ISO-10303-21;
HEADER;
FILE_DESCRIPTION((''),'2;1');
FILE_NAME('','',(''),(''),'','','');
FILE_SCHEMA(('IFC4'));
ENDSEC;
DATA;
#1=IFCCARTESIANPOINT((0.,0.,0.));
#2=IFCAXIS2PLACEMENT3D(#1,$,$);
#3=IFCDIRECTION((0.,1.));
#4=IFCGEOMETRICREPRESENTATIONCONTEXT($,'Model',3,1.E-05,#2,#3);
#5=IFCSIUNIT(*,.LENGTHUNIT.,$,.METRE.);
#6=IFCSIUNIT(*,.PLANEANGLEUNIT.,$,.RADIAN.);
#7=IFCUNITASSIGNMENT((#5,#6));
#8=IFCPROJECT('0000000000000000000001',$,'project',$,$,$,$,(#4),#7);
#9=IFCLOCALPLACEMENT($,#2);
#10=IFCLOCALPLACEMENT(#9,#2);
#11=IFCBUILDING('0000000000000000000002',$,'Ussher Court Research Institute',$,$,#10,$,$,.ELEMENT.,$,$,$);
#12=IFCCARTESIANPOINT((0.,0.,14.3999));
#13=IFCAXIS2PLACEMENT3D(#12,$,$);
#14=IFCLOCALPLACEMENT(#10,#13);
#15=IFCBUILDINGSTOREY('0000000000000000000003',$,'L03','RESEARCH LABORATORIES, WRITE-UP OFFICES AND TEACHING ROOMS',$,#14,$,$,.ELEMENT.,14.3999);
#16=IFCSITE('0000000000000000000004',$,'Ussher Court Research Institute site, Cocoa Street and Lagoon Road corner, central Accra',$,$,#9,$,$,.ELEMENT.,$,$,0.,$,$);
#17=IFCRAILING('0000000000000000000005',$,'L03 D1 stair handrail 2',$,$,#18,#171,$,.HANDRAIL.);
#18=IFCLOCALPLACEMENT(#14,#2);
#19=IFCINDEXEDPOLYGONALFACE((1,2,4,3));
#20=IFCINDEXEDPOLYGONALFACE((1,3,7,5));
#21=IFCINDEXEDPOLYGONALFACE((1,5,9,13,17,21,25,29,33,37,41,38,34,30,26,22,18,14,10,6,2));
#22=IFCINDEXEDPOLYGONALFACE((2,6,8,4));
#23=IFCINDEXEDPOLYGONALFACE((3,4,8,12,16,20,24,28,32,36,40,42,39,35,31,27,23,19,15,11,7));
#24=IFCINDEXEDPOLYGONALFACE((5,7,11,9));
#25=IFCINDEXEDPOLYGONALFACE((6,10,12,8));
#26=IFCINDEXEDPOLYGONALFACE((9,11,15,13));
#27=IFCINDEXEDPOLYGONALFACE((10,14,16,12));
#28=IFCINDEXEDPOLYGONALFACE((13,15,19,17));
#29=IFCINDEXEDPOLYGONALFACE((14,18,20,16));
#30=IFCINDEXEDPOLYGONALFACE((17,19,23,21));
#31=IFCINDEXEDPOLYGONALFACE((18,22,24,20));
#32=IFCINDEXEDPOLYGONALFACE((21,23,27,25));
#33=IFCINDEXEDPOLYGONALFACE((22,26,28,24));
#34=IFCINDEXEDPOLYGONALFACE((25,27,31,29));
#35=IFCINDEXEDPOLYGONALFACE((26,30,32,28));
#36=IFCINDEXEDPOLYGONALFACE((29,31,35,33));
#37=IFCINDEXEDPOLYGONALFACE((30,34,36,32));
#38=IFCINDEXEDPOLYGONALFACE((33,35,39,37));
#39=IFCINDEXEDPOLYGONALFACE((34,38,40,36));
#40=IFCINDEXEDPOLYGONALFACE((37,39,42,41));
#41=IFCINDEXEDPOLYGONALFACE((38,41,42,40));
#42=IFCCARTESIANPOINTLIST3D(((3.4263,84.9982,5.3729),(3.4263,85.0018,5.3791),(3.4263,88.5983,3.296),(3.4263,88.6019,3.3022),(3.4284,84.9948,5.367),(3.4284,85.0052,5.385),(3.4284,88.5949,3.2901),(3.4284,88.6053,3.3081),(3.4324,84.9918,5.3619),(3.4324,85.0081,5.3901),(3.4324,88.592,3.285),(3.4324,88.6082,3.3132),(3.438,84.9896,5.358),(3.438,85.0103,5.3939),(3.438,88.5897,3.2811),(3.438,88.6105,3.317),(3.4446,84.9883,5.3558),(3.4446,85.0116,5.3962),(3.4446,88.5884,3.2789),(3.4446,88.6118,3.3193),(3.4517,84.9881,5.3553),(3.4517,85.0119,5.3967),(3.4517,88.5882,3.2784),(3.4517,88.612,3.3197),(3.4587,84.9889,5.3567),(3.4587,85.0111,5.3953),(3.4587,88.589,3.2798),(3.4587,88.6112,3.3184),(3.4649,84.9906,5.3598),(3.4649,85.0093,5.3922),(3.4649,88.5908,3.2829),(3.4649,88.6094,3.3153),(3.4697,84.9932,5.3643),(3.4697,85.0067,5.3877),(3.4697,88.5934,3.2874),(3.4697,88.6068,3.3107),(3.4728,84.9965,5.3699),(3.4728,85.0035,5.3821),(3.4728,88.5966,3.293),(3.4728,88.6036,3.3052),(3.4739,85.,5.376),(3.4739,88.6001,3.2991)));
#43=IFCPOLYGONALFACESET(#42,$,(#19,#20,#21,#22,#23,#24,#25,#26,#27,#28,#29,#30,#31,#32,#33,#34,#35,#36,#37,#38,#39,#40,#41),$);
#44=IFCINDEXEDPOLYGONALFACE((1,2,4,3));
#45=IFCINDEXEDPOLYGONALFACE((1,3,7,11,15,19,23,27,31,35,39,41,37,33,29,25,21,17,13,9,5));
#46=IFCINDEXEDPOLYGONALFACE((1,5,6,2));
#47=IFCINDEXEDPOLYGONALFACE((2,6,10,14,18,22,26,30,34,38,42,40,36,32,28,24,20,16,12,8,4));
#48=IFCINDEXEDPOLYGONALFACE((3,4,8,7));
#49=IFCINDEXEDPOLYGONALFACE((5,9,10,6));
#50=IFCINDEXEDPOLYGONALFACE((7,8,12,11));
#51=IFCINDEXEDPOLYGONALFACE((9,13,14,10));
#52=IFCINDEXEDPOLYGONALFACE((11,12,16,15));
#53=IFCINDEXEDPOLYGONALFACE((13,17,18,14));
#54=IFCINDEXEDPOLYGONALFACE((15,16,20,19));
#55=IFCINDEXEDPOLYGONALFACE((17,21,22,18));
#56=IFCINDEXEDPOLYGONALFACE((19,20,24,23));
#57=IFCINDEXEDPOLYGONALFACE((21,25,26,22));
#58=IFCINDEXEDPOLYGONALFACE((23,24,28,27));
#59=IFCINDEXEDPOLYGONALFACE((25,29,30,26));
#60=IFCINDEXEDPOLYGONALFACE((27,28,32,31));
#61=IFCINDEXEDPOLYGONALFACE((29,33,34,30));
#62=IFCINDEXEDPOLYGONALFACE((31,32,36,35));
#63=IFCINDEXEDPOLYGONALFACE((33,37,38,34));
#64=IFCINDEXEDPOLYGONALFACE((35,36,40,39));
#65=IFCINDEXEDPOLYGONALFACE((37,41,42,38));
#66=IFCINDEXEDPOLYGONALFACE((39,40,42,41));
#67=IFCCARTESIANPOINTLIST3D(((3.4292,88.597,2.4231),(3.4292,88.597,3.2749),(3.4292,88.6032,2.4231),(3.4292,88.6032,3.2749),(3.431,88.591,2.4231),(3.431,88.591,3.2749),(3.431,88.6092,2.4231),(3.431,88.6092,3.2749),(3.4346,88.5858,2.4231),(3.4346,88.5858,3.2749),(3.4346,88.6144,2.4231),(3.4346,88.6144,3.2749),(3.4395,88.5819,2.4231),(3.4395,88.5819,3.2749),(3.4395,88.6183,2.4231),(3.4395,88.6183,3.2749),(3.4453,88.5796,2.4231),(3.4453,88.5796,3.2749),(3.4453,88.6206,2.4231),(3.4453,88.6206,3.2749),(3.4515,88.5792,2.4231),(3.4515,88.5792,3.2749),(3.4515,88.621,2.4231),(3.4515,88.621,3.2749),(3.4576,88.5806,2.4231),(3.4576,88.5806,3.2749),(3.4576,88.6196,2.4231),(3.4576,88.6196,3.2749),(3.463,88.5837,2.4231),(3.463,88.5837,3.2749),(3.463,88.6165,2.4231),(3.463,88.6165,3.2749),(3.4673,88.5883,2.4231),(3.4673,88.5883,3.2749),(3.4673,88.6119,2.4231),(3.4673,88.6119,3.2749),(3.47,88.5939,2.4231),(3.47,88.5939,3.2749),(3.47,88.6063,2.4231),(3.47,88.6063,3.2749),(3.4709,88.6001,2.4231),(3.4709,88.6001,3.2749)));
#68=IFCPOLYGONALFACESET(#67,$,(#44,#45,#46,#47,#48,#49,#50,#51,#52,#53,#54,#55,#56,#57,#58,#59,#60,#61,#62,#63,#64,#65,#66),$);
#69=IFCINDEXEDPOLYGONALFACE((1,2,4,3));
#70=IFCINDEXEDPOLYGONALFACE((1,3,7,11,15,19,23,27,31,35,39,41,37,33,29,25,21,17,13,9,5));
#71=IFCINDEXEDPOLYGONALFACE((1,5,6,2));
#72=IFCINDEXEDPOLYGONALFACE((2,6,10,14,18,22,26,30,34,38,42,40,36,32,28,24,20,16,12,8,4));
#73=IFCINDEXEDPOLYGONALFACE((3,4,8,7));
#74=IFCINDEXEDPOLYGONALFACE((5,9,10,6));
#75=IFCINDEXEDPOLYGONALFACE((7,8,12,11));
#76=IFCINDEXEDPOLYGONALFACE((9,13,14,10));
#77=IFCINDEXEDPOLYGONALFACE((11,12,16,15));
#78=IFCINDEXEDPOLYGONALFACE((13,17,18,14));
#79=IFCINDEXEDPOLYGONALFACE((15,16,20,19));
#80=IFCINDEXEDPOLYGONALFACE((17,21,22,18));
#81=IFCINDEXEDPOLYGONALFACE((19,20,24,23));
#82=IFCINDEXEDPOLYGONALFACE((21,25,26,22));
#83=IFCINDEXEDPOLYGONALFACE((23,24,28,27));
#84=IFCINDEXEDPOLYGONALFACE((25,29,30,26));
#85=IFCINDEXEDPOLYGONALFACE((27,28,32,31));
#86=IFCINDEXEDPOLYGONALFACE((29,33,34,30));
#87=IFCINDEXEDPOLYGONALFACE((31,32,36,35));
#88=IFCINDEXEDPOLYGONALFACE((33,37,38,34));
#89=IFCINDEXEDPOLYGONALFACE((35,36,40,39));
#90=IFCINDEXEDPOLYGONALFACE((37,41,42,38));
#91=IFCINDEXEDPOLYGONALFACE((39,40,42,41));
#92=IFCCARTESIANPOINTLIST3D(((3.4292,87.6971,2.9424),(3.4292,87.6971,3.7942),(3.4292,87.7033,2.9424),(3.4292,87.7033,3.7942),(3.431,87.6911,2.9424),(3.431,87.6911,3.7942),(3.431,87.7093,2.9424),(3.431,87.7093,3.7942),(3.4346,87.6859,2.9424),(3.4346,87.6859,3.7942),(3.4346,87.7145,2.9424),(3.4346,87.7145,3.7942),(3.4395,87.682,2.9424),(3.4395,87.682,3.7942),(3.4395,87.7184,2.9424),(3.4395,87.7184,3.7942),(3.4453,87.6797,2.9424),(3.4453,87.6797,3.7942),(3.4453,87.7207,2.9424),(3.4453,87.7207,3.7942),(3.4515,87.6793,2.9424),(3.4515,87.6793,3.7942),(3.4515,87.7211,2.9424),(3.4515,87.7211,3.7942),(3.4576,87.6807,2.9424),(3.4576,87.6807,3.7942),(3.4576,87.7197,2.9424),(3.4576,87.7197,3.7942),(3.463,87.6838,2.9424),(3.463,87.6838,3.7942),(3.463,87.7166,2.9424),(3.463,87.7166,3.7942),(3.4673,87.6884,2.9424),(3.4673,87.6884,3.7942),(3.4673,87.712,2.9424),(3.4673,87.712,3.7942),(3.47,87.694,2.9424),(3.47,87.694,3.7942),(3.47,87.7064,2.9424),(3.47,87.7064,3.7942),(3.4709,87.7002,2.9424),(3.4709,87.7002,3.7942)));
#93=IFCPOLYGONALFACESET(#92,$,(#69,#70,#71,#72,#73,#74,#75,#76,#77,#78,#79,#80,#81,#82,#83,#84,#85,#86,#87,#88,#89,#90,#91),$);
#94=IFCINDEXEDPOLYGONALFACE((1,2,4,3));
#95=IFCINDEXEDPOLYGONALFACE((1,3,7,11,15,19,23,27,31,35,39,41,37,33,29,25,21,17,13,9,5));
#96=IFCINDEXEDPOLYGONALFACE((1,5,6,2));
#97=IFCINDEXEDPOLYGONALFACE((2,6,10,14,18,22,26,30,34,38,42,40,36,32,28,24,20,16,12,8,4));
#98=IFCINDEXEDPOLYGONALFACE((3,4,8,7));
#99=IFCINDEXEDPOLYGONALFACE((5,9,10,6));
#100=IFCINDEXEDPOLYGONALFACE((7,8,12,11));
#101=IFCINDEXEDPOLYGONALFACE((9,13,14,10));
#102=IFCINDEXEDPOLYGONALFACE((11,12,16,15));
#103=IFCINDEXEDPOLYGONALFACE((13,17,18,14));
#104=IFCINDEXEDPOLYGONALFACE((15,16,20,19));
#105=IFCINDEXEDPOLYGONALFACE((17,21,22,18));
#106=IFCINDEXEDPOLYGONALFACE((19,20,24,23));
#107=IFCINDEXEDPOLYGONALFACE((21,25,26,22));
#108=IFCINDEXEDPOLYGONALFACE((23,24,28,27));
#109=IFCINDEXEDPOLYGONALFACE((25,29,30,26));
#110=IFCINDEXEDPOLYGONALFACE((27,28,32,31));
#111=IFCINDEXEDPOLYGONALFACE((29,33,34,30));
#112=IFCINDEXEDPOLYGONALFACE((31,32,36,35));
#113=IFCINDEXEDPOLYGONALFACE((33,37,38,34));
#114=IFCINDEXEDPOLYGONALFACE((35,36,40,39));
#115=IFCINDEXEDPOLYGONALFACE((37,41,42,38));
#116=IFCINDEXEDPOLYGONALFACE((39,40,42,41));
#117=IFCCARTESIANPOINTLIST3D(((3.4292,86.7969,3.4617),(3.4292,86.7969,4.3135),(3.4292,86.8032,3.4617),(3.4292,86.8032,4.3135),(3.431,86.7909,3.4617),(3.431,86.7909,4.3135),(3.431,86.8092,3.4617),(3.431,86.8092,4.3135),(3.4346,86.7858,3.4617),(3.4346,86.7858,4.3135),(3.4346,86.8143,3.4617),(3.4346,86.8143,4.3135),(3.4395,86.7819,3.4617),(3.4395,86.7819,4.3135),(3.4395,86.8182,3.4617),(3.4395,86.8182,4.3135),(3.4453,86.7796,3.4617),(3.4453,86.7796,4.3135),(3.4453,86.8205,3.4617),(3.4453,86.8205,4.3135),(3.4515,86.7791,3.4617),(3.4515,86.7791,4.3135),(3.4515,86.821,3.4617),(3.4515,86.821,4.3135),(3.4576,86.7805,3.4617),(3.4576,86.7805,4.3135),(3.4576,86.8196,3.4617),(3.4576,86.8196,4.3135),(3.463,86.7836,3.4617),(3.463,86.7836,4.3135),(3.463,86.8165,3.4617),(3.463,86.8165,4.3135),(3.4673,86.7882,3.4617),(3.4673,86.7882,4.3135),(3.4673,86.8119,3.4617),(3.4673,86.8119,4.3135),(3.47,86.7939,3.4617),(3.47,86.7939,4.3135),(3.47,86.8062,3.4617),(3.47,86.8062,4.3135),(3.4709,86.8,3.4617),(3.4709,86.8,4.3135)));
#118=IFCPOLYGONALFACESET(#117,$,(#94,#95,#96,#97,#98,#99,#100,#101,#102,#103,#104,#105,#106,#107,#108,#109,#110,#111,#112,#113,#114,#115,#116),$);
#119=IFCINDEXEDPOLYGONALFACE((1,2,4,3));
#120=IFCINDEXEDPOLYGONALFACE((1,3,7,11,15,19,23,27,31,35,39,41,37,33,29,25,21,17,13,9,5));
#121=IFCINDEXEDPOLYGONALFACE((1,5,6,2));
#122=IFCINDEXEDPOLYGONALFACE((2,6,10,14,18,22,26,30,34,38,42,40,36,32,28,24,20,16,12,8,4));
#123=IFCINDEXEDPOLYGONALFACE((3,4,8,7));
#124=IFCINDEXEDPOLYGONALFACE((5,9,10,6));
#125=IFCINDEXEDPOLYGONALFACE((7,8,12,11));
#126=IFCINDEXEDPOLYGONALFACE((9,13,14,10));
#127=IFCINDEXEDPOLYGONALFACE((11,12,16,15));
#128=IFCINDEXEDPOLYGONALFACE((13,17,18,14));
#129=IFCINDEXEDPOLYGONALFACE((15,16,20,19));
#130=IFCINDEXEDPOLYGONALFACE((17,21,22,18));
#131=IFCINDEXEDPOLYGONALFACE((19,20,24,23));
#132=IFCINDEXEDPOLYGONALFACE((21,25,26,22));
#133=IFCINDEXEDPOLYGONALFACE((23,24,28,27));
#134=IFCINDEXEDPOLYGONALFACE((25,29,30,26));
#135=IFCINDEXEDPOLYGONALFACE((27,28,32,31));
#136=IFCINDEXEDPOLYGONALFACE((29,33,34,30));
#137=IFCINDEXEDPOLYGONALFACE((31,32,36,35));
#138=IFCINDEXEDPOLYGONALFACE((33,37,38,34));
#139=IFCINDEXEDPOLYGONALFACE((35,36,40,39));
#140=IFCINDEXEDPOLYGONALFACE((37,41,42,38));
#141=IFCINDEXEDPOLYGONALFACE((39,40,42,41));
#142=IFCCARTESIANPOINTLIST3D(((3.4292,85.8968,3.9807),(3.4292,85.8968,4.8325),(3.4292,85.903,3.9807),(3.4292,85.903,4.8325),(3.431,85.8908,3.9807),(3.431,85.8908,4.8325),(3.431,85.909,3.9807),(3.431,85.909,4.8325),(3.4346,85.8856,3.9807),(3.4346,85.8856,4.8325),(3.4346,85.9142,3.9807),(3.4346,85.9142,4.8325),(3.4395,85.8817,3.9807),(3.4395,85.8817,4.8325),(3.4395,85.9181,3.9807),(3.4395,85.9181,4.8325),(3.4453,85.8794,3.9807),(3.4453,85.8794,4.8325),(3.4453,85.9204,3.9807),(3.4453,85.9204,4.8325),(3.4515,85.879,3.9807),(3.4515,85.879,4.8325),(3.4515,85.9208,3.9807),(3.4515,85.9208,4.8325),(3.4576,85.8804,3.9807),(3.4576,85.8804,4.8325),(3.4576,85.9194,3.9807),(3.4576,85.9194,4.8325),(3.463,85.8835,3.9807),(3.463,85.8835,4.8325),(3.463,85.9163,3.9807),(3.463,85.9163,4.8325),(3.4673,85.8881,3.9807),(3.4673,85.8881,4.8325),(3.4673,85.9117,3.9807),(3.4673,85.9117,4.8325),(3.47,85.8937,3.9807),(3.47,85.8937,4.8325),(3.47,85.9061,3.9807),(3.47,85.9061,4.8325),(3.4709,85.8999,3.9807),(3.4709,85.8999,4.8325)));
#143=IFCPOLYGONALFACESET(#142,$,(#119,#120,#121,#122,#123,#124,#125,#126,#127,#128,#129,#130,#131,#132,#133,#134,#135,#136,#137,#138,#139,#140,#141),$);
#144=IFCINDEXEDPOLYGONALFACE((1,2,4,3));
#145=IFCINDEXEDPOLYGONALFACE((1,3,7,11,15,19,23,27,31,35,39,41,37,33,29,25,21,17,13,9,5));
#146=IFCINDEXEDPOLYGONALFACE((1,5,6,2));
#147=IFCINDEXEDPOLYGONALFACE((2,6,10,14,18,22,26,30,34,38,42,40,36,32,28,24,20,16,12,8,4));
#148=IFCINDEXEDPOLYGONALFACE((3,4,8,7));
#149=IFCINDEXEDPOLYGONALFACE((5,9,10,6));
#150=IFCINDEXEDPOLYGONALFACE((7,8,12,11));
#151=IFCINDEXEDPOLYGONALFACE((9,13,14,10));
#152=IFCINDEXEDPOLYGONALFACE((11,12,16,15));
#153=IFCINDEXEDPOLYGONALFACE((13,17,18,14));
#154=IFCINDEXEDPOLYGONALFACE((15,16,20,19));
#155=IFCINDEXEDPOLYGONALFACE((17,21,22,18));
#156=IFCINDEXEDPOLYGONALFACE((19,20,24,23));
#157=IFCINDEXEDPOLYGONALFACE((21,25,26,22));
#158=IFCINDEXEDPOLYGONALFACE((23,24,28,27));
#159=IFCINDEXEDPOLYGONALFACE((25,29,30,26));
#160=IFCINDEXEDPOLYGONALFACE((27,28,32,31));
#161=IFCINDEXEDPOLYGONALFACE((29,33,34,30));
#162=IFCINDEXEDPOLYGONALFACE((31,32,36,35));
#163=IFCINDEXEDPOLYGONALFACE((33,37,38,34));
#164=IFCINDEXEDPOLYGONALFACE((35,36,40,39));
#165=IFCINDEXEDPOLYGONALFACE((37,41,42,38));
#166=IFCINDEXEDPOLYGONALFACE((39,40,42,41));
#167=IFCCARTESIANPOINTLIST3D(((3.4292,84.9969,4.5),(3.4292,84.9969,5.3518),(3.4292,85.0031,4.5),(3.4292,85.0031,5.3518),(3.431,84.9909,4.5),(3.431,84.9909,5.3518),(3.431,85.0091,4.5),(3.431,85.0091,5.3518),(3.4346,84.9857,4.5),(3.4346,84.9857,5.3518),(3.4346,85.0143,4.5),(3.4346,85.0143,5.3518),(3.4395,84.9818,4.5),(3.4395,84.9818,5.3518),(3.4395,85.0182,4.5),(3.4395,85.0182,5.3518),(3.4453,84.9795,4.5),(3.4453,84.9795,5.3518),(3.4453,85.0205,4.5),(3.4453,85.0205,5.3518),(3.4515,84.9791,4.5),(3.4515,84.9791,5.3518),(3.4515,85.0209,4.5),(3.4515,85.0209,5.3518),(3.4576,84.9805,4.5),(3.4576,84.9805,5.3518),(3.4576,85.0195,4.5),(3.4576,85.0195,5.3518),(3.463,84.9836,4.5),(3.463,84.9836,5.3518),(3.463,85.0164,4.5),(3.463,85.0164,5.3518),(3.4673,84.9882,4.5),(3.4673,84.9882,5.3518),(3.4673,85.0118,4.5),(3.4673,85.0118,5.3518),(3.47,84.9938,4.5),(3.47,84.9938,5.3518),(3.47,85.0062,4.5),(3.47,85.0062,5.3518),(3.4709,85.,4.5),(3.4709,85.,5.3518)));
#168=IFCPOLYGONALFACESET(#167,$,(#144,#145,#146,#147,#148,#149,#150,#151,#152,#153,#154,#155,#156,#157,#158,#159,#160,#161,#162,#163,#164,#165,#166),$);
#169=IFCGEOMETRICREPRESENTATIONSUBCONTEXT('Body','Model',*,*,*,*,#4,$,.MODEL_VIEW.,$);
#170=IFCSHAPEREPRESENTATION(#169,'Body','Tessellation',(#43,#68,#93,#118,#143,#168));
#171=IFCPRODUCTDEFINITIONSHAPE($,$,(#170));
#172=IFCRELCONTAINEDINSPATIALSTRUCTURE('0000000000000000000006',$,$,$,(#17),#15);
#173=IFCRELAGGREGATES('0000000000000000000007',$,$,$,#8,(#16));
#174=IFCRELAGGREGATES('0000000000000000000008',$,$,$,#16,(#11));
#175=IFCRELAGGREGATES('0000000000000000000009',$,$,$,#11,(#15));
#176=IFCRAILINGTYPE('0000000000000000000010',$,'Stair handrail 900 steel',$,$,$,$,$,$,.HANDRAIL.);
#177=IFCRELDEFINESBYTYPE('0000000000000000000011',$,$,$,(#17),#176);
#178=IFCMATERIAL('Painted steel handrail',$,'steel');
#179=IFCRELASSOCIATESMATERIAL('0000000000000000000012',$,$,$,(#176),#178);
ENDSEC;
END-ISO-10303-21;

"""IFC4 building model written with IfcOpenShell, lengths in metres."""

from ifc_helpers import new_model, si_unit, direction, frame, origin, origin_2d, place, context, subcontext, project, spatial, circle, extrude, material, type_object, element, save


model = new_model("IFC4")

# Units and contexts
model_context = context("Model", 3, precision=1e-05, world=origin(), true_north=direction((0.0, 1.0)))
body_context = subcontext(model_context, "Body", "Model", "MODEL_VIEW")
ifc_project = project(units=[si_unit("LENGTHUNIT", "METRE"), si_unit("PLANEANGLEUNIT", "RADIAN")], contexts=[model_context])

# Site, building, storey
site_placement = place(None, origin())
site = spatial("IfcSite", under=ifc_project, at=site_placement, Name="Ussher Court Research Institute site, Cocoa Street and Lagoon Road corner, central Accra", CompositionType="ELEMENT", RefElevation=0.0)
building_placement = place(site_placement, origin())
building = spatial("IfcBuilding", under=site, at=building_placement, Name="Ussher Court Research Institute", CompositionType="ELEMENT")
storey_placement = place(building_placement, frame((0.0, 0.0, 14.3999)))
storey = spatial("IfcBuildingStorey", under=building, at=storey_placement, Name="L03", Description="RESEARCH LABORATORIES, WRITE-UP OFFICES AND TEACHING ROOMS", CompositionType="ELEMENT", Elevation=14.3999)

# Railing
ifc_material_1 = material(Name="Painted steel handrail", Category="steel")
railing_type_1 = type_object("IfcRailingType", Name="Stair handrail 900 steel", PredefinedType="HANDRAIL", material=ifc_material_1)
railing_1_placement = place(storey_placement, frame((3.45, 88.6001, 2.4231)))
element("IfcRailing", 1, at=railing_1_placement, inside=storey, type_object=railing_type_1, Name="L03 D1 stair handrail 2", PredefinedType="HANDRAIL", context=body_context, shape_type="SweptSolid", body=[
    extrude(circle(Radius=0.0239, at=origin_2d()), frame((0.0, 0.0, 0.876), z_axis=(0.0, -0.866193, 0.499709), x_axis=(1.0, 0.0, 0.0)), (0.0, 0.0, 1.0), 4.1562),
    extrude(circle(Radius=0.021, at=origin_2d()), origin(), (0.0, 0.0, 1.0), 0.8518),
    extrude(circle(Radius=0.021, at=origin_2d()), frame((0.0, -0.8999, 0.5193)), (0.0, 0.0, 1.0), 0.8518),
    extrude(circle(Radius=0.021, at=origin_2d()), frame((0.0, -1.8, 1.0386)), (0.0, 0.0, 1.0), 0.8518),
    extrude(circle(Radius=0.021, at=origin_2d()), frame((0.0, -2.7002, 1.5576)), (0.0, 0.0, 1.0), 0.8518),
    extrude(circle(Radius=0.021, at=origin_2d()), frame((0.0, -3.6001, 2.0769)), (0.0, 0.0, 1.0), 0.8518),
])

save(model, "model.ifc")
